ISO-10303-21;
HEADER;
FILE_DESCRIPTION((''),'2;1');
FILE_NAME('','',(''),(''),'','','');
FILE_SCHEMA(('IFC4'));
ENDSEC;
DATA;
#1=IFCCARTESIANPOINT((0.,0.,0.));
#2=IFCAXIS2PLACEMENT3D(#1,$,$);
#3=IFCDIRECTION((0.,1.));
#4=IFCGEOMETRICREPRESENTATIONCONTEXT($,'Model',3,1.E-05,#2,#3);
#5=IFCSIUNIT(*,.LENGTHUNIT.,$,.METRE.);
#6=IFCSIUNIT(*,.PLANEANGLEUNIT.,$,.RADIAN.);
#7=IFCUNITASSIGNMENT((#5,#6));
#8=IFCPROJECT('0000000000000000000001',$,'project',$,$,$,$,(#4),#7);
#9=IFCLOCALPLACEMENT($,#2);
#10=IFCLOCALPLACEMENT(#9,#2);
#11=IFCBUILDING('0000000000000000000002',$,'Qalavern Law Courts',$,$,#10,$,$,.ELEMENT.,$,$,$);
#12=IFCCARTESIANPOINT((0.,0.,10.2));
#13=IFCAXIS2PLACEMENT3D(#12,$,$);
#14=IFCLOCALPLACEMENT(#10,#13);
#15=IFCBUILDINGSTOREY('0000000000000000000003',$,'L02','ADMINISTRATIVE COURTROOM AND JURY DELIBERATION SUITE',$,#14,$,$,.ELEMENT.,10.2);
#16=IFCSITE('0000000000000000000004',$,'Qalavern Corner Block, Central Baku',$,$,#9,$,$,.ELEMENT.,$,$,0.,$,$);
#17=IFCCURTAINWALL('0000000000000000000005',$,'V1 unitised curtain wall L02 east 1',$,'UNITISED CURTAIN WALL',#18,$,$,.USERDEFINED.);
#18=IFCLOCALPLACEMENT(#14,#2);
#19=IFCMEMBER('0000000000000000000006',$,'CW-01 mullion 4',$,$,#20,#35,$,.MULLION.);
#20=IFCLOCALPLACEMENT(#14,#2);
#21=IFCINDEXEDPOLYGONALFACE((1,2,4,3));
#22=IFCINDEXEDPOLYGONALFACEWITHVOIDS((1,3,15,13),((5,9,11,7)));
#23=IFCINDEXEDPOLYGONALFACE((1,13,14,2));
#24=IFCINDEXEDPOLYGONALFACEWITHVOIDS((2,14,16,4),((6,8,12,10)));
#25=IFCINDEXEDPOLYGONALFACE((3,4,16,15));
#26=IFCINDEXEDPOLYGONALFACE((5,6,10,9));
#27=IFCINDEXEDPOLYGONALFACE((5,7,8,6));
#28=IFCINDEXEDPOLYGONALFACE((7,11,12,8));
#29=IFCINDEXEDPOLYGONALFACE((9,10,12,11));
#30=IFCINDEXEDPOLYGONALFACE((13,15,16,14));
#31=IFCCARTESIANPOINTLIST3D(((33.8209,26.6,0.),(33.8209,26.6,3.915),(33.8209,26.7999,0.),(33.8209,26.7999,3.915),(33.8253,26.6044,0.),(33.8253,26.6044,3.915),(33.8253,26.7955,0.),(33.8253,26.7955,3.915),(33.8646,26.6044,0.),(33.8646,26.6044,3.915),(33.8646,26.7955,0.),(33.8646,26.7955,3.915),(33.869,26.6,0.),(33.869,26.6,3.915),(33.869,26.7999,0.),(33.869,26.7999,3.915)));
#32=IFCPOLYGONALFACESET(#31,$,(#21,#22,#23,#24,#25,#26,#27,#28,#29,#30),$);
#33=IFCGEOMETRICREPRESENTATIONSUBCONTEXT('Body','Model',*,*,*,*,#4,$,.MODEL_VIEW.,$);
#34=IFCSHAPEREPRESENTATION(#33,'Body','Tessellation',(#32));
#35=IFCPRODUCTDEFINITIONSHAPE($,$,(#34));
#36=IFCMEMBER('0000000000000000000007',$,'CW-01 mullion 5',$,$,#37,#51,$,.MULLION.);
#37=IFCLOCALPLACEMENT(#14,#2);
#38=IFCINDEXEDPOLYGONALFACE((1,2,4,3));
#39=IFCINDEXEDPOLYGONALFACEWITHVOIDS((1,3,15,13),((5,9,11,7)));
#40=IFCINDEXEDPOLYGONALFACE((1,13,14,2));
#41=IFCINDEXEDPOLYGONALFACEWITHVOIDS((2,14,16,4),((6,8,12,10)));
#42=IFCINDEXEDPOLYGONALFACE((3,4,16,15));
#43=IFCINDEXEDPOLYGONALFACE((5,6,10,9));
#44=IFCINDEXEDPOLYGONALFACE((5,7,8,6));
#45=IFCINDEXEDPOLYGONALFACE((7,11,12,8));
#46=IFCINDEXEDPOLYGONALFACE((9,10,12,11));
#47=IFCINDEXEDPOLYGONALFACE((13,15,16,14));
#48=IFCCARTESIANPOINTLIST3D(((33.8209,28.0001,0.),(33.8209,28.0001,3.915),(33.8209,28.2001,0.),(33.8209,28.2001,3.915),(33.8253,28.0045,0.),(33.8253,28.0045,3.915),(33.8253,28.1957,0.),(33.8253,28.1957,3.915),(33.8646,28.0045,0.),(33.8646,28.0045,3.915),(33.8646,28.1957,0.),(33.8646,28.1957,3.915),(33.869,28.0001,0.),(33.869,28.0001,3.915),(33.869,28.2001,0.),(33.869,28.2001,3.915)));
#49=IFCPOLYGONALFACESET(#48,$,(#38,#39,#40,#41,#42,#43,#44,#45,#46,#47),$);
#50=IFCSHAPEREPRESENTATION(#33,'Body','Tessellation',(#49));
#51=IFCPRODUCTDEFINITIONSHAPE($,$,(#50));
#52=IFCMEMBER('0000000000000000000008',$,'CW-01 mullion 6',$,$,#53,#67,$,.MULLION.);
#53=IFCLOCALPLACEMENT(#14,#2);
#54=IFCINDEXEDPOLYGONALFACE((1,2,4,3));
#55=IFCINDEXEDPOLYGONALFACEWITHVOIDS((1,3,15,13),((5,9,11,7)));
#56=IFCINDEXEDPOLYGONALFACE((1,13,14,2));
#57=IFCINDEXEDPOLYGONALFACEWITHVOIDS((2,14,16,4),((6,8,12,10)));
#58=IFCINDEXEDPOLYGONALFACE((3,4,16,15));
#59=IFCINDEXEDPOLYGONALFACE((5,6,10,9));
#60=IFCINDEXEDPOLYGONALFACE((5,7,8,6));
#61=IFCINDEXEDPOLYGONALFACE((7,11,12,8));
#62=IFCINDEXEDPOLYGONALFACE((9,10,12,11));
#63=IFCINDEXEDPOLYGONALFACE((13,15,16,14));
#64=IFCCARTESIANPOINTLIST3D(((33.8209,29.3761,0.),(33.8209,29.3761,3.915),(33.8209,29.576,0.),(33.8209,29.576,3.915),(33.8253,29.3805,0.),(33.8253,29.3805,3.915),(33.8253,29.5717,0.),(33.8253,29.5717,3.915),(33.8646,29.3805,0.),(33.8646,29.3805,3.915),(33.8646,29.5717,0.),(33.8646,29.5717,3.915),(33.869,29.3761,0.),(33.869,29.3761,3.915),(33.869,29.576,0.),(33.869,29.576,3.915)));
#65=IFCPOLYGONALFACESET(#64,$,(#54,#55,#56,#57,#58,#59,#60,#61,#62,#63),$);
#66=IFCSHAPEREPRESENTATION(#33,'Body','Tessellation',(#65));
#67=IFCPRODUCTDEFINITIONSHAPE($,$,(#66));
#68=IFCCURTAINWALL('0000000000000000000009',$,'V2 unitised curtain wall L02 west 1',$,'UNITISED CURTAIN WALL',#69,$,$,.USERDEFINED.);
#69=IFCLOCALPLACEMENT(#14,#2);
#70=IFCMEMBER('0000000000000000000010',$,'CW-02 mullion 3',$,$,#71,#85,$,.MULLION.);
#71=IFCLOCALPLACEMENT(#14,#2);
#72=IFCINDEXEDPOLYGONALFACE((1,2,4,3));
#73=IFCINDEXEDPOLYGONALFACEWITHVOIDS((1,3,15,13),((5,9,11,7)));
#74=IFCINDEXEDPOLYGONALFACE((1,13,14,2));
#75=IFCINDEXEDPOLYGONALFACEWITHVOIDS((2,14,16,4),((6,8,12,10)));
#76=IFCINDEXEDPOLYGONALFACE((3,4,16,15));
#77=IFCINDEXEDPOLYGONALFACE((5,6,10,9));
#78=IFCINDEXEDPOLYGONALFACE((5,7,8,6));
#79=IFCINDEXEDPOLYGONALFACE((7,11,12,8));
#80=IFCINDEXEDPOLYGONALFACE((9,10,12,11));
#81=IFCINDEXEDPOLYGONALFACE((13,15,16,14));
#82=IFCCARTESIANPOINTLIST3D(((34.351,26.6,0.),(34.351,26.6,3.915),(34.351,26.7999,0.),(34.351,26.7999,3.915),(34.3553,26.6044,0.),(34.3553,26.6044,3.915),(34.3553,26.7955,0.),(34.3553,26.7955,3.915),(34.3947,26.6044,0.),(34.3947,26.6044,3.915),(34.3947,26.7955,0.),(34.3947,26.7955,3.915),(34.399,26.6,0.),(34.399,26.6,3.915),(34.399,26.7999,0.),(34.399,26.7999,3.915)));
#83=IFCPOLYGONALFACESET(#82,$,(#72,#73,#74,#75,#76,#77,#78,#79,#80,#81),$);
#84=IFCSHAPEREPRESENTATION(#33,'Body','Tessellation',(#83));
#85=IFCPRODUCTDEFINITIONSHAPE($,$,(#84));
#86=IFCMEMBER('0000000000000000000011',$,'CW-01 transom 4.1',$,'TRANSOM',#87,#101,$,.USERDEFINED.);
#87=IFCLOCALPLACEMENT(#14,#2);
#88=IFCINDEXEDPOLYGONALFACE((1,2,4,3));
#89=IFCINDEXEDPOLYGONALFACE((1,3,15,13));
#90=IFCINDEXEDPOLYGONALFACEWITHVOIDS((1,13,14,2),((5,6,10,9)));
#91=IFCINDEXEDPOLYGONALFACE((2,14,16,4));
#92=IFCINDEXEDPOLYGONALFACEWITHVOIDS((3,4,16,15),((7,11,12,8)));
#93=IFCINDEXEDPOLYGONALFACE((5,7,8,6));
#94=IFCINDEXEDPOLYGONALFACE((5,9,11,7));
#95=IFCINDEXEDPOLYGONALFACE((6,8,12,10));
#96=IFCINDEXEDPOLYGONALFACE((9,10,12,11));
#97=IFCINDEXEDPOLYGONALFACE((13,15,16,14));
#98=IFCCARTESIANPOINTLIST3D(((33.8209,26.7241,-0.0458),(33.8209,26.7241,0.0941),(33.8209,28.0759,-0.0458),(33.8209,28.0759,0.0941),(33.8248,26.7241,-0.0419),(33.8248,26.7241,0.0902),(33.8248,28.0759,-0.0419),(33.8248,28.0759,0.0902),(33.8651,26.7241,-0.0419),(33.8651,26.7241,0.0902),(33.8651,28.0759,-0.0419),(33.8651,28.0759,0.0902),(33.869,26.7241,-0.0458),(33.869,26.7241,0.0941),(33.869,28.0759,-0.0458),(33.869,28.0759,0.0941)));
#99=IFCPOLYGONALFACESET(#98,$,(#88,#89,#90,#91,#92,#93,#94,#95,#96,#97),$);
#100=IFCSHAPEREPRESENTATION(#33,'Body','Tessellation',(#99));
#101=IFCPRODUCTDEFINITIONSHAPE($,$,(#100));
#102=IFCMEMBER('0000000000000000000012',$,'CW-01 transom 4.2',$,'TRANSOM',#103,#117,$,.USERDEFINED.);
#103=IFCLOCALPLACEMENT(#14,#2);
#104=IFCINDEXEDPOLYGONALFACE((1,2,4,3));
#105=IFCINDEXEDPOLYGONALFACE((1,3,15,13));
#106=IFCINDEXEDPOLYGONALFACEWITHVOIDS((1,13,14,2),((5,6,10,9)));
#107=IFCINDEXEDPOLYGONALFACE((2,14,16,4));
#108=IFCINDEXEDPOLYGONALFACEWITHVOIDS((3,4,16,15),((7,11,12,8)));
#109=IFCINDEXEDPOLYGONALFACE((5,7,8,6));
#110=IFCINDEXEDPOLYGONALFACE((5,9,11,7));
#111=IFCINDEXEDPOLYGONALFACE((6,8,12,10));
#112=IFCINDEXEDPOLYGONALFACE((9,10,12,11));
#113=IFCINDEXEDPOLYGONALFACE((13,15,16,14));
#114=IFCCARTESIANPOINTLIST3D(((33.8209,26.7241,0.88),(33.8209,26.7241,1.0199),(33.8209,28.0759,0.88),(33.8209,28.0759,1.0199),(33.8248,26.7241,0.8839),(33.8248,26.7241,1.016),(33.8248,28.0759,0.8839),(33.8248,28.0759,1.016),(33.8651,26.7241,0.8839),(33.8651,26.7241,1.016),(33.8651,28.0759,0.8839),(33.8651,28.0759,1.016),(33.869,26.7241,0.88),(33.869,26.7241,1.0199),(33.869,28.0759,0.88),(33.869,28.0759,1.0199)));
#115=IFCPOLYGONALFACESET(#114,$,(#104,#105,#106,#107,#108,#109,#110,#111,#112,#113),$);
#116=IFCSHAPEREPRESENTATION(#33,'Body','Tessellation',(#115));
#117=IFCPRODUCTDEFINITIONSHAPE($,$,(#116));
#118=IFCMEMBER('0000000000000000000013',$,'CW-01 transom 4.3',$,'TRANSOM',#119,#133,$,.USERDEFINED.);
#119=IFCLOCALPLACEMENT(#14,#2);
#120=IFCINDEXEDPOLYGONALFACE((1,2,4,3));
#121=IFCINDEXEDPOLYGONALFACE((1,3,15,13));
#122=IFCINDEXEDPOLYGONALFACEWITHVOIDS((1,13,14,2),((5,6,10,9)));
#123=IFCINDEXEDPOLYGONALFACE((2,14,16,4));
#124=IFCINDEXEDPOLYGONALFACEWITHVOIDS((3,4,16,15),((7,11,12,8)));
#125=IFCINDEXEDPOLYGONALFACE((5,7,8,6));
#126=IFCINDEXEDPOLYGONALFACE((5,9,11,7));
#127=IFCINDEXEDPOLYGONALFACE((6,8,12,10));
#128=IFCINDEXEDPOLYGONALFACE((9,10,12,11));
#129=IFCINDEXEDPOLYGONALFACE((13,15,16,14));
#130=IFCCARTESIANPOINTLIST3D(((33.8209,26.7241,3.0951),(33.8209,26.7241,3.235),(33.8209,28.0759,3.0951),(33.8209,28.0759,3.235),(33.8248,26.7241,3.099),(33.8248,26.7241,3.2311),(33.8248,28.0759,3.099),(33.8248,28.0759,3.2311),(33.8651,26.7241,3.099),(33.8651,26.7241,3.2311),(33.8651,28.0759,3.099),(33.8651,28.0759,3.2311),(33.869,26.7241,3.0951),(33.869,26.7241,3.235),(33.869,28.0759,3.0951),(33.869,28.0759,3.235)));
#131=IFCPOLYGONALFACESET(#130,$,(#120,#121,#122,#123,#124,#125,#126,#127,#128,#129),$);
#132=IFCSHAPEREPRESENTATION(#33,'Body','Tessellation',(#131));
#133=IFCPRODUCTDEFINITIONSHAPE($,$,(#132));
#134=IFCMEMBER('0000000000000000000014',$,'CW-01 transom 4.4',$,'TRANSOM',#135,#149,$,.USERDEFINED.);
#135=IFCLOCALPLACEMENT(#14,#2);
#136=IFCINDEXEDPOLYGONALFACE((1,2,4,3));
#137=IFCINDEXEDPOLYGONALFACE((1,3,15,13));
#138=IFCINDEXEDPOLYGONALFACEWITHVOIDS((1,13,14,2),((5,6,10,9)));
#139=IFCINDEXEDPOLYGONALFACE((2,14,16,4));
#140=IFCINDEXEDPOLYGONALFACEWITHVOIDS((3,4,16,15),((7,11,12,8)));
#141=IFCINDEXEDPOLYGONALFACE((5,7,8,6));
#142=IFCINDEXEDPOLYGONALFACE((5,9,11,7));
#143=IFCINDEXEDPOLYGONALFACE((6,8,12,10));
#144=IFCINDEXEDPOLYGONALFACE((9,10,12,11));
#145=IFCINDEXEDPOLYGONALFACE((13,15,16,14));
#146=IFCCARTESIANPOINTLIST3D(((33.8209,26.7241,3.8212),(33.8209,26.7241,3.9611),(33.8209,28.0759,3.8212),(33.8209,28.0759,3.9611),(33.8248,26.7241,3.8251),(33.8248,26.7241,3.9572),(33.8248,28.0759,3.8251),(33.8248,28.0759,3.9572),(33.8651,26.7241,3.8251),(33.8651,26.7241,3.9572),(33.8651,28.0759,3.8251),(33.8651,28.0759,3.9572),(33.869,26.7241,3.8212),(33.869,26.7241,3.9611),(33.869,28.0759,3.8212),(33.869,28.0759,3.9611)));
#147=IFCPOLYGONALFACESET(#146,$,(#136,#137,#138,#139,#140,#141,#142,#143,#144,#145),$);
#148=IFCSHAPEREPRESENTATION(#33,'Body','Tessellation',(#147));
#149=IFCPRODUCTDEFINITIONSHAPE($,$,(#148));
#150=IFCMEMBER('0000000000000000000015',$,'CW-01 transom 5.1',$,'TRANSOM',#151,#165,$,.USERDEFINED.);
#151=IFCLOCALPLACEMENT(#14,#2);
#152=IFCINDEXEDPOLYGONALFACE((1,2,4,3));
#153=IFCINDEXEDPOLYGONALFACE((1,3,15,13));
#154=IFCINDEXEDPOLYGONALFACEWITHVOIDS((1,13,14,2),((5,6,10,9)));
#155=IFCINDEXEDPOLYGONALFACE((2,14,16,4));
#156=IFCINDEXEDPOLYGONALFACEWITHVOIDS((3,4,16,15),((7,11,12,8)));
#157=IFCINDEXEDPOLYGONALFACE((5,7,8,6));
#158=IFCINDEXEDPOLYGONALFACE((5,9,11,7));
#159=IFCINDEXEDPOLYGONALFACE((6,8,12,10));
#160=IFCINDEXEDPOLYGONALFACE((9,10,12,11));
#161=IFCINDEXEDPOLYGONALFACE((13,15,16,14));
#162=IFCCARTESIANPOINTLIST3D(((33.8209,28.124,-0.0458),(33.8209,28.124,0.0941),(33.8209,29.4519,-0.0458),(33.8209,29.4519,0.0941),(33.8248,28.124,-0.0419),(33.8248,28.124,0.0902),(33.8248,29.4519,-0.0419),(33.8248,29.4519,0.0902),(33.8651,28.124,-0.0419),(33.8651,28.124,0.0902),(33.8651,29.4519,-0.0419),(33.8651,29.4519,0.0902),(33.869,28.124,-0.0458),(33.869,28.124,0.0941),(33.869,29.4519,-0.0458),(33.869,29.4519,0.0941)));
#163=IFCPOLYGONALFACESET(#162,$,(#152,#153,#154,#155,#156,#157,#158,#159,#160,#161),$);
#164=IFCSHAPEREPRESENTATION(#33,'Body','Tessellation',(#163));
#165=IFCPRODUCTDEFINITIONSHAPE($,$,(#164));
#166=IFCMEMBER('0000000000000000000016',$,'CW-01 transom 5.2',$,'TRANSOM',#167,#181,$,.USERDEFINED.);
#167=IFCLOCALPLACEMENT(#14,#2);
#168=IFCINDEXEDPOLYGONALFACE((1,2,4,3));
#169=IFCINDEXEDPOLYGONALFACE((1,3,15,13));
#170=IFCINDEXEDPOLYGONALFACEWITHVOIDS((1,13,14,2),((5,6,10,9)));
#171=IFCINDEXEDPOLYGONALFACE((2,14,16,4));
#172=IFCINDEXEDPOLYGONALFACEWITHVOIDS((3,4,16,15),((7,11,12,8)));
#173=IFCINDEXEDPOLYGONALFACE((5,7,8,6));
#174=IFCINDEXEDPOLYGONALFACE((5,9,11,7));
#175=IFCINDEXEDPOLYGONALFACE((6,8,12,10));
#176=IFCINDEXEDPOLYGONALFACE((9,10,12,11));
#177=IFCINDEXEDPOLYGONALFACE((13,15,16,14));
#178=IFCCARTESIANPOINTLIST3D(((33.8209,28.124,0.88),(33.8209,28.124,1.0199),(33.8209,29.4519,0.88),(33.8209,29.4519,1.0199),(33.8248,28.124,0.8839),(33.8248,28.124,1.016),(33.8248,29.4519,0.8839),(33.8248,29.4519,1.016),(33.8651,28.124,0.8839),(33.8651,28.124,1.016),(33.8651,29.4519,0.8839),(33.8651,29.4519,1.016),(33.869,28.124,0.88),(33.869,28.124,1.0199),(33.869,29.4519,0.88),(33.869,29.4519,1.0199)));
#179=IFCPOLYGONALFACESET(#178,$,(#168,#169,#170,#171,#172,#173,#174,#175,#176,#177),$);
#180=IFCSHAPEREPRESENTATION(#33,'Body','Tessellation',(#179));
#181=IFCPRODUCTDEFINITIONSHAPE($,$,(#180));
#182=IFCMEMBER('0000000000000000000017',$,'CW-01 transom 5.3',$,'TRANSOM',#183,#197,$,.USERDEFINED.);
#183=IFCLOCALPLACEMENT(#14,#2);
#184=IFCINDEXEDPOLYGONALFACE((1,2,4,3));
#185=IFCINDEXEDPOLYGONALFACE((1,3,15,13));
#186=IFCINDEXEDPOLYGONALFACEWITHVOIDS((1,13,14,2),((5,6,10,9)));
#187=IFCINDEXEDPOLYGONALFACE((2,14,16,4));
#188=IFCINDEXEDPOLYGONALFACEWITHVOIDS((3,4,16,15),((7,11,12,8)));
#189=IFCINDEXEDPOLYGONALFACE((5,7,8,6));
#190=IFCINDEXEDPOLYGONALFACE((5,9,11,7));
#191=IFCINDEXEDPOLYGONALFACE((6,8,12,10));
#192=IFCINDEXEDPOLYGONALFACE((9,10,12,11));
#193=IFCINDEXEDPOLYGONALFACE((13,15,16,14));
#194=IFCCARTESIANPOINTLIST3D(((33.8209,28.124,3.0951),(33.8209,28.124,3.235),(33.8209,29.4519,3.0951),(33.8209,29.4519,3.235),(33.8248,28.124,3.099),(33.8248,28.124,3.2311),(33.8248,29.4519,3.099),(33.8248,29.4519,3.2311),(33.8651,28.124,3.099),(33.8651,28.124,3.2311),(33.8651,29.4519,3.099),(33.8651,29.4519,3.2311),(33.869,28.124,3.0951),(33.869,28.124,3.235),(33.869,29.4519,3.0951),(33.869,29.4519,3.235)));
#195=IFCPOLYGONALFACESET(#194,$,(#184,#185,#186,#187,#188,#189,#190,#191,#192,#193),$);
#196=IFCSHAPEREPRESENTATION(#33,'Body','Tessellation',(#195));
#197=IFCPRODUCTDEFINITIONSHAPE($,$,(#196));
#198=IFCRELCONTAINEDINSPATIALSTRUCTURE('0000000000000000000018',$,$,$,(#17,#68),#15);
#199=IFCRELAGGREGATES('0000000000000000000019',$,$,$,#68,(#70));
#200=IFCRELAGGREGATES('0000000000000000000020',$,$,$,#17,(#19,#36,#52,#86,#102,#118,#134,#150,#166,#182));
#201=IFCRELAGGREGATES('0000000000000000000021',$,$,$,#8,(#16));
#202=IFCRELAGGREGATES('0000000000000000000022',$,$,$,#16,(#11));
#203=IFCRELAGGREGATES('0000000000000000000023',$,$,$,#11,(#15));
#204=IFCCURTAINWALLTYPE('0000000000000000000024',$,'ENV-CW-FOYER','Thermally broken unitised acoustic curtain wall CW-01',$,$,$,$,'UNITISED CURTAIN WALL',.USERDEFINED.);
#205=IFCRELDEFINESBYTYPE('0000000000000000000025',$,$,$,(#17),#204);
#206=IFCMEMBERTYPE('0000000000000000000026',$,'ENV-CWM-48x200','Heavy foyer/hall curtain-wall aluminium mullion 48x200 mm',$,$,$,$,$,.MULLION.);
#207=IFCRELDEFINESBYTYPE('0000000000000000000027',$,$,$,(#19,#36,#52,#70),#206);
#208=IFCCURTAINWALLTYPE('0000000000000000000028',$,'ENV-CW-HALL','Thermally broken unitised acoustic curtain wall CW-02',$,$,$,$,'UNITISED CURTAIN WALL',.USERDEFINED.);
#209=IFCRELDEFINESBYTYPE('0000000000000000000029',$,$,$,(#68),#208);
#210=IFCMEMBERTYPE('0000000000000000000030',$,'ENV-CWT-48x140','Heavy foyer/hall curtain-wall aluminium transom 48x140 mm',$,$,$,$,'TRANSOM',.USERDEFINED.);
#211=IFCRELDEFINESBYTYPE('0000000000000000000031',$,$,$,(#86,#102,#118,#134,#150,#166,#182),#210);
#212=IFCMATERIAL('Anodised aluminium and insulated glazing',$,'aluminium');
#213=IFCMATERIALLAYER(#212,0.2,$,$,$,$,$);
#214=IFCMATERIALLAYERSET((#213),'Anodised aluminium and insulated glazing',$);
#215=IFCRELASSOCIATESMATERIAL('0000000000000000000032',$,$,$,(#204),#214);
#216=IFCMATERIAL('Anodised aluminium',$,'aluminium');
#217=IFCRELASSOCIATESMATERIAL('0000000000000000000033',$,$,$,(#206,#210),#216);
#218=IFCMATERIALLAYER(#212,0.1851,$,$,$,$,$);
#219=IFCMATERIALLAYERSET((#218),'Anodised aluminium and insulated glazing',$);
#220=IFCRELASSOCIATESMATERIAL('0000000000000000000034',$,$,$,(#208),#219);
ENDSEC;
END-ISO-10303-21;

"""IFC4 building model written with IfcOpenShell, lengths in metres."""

from ifc_helpers import new_model, si_unit, direction, frame, origin, origin_2d, place, context, subcontext, project, spatial, hollow_rectangle, extrude, material, layer, layer_set, material_profile, profile_set, type_object, element, aggregate, save


model = new_model("IFC4")

# Units and contexts
model_context = context("Model", 3, precision=1e-05, world=origin(), true_north=direction((0.0, 1.0)))
body_context = subcontext(model_context, "Body", "Model", "MODEL_VIEW")
ifc_project = project(units=[si_unit("LENGTHUNIT", "METRE"), si_unit("PLANEANGLEUNIT", "RADIAN")], contexts=[model_context])

# Site, building, storey
site_placement = place(None, origin())
site = spatial("IfcSite", under=ifc_project, at=site_placement, Name="Qalavern Corner Block, Central Baku", CompositionType="ELEMENT", RefElevation=0.0)
building_placement = place(site_placement, origin())
building = spatial("IfcBuilding", under=site, at=building_placement, Name="Qalavern Law Courts", CompositionType="ELEMENT")
storey_placement = place(building_placement, frame((0.0, 0.0, 10.2)))
storey = spatial("IfcBuildingStorey", under=building, at=storey_placement, Name="L02", Description="ADMINISTRATIVE COURTROOM AND JURY DELIBERATION SUITE", CompositionType="ELEMENT", Elevation=10.2)

# Curtain wall, members
ifc_material_1 = material(Name="Anodised aluminium and insulated glazing", Category="aluminium")
ifc_layer_1 = layer(ifc_material_1, 0.2)
ifc_layer_set_1 = layer_set([ifc_layer_1], Name="Anodised aluminium and insulated glazing")
curtain_wall_type_1 = type_object("IfcCurtainWallType", Name="ENV-CW-FOYER", Description="Thermally broken unitised acoustic curtain wall CW-01", ElementType="UNITISED CURTAIN WALL", PredefinedType="USERDEFINED", material=ifc_layer_set_1)
curtain_wall_1_placement = place(storey_placement, origin())
curtain_wall_1 = element("IfcCurtainWall", 1, at=curtain_wall_1_placement, inside=storey, type_object=curtain_wall_type_1, Name="V1 unitised curtain wall L02 east 1", ObjectType="UNITISED CURTAIN WALL", PredefinedType="USERDEFINED")
ifc_material_2 = material(Name="Anodised aluminium", Category="aluminium")
ifc_material_profile_1 = material_profile(ifc_material_2, hollow_rectangle(XDim=0.0481, YDim=0.2, WallThickness=0.0044, at=origin_2d()), Name="ALU MULLION 48x200")
ifc_profile_set_1 = profile_set([ifc_material_profile_1], Name="Anodised aluminium")
member_type_1 = type_object("IfcMemberType", Name="ENV-CWM-48x200", Description="Heavy foyer/hall curtain-wall aluminium mullion 48x200 mm", PredefinedType="MULLION", material=ifc_profile_set_1)
member_1_placement = place(storey_placement, frame((33.845, 26.7, 0.0), z_axis=(0.0, 0.0, 1.0), x_axis=(-1.0, 0.0, 0.0)))
member_1 = element("IfcMember", 2, at=member_1_placement, type_object=member_type_1, Name="CW-01 mullion 4", PredefinedType="MULLION", context=body_context, shape_type="SweptSolid", body=[
    extrude(hollow_rectangle(XDim=0.0481, YDim=0.2, WallThickness=0.0044, at=origin_2d()), origin(), (0.0, 0.0, 1.0), 3.915),
])
member_2_placement = place(storey_placement, frame((33.845, 28.1001, 0.0), z_axis=(0.0, 0.0, 1.0), x_axis=(-1.0, 0.0, 0.0)))
member_2 = element("IfcMember", 3, at=member_2_placement, type_object=member_type_1, Name="CW-01 mullion 5", PredefinedType="MULLION", context=body_context, shape_type="SweptSolid", body=[
    extrude(hollow_rectangle(XDim=0.0481, YDim=0.2, WallThickness=0.0044, at=origin_2d()), origin(), (0.0, 0.0, 1.0), 3.915),
])
member_3_placement = place(storey_placement, frame((33.845, 29.4761, 0.0), z_axis=(0.0, 0.0, 1.0), x_axis=(-1.0, 0.0, 0.0)))
member_3 = element("IfcMember", 4, at=member_3_placement, type_object=member_type_1, Name="CW-01 mullion 6", PredefinedType="MULLION", context=body_context, shape_type="SweptSolid", body=[
    extrude(hollow_rectangle(XDim=0.0481, YDim=0.2, WallThickness=0.0044, at=origin_2d()), origin(), (0.0, 0.0, 1.0), 3.915),
])

# Curtain wall, member
ifc_layer_2 = layer(ifc_material_1, 0.1851)
ifc_layer_set_2 = layer_set([ifc_layer_2], Name="Anodised aluminium and insulated glazing")
curtain_wall_type_2 = type_object("IfcCurtainWallType", Name="ENV-CW-HALL", Description="Thermally broken unitised acoustic curtain wall CW-02", ElementType="UNITISED CURTAIN WALL", PredefinedType="USERDEFINED", material=ifc_layer_set_2)
curtain_wall_2_placement = place(storey_placement, origin())
curtain_wall_2 = element("IfcCurtainWall", 5, at=curtain_wall_2_placement, inside=storey, type_object=curtain_wall_type_2, Name="V2 unitised curtain wall L02 west 1", ObjectType="UNITISED CURTAIN WALL", PredefinedType="USERDEFINED")
member_4_placement = place(storey_placement, frame((34.375, 26.7, 0.0), z_axis=(0.0, 0.0, 1.0), x_axis=(1.0, 0.0, 0.0)))
member_4 = element("IfcMember", 6, at=member_4_placement, type_object=member_type_1, Name="CW-02 mullion 3", PredefinedType="MULLION", context=body_context, shape_type="SweptSolid", body=[
    extrude(hollow_rectangle(XDim=0.0481, YDim=0.2, WallThickness=0.0044, at=origin_2d()), origin(), (0.0, 0.0, 1.0), 3.915),
])

# Members
ifc_material_profile_2 = material_profile(ifc_material_2, hollow_rectangle(XDim=0.0481, YDim=0.1399, WallThickness=0.0039, at=origin_2d()), Name="ALU TRANSOM 48x140")
ifc_profile_set_2 = profile_set([ifc_material_profile_2], Name="Anodised aluminium")
member_type_2 = type_object("IfcMemberType", Name="ENV-CWT-48x140", Description="Heavy foyer/hall curtain-wall aluminium transom 48x140 mm", ElementType="TRANSOM", PredefinedType="USERDEFINED", material=ifc_profile_set_2)
member_5_placement = place(storey_placement, frame((33.845, 26.7241, 0.0242), z_axis=(0.0, 1.0, 0.0), x_axis=(-1.0, 0.0, 0.0)))
member_5 = element("IfcMember", 7, at=member_5_placement, type_object=member_type_2, Name="CW-01 transom 4.1", ObjectType="TRANSOM", PredefinedType="USERDEFINED", context=body_context, shape_type="SweptSolid", body=[
    extrude(hollow_rectangle(XDim=0.0481, YDim=0.1399, WallThickness=0.0039, at=origin_2d()), origin(), (0.0, 0.0, 1.0), 1.3518),
])
member_6_placement = place(storey_placement, frame((33.845, 26.7241, 0.95), z_axis=(0.0, 1.0, 0.0), x_axis=(-1.0, 0.0, 0.0)))
member_6 = element("IfcMember", 8, at=member_6_placement, type_object=member_type_2, Name="CW-01 transom 4.2", ObjectType="TRANSOM", PredefinedType="USERDEFINED", context=body_context, shape_type="SweptSolid", body=[
    extrude(hollow_rectangle(XDim=0.0481, YDim=0.1399, WallThickness=0.0039, at=origin_2d()), origin(), (0.0, 0.0, 1.0), 1.3518),
])
member_7_placement = place(storey_placement, frame((33.845, 26.7241, 3.165), z_axis=(0.0, 1.0, 0.0), x_axis=(-1.0, 0.0, 0.0)))
member_7 = element("IfcMember", 9, at=member_7_placement, type_object=member_type_2, Name="CW-01 transom 4.3", ObjectType="TRANSOM", PredefinedType="USERDEFINED", context=body_context, shape_type="SweptSolid", body=[
    extrude(hollow_rectangle(XDim=0.0481, YDim=0.1399, WallThickness=0.0039, at=origin_2d()), origin(), (0.0, 0.0, 1.0), 1.3518),
])
member_8_placement = place(storey_placement, frame((33.845, 26.7241, 3.8911), z_axis=(0.0, 1.0, 0.0), x_axis=(-1.0, 0.0, 0.0)))
member_8 = element("IfcMember", 10, at=member_8_placement, type_object=member_type_2, Name="CW-01 transom 4.4", ObjectType="TRANSOM", PredefinedType="USERDEFINED", context=body_context, shape_type="SweptSolid", body=[
    extrude(hollow_rectangle(XDim=0.0481, YDim=0.1399, WallThickness=0.0039, at=origin_2d()), origin(), (0.0, 0.0, 1.0), 1.3518),
])
member_9_placement = place(storey_placement, frame((33.845, 28.124, 0.0242), z_axis=(0.0, 1.0, 0.0), x_axis=(-1.0, 0.0, 0.0)))
member_9 = element("IfcMember", 11, at=member_9_placement, type_object=member_type_2, Name="CW-01 transom 5.1", ObjectType="TRANSOM", PredefinedType="USERDEFINED", context=body_context, shape_type="SweptSolid", body=[
    extrude(hollow_rectangle(XDim=0.0481, YDim=0.1399, WallThickness=0.0039, at=origin_2d()), origin(), (0.0, 0.0, 1.0), 1.3279),
])
member_10_placement = place(storey_placement, frame((33.845, 28.124, 0.95), z_axis=(0.0, 1.0, 0.0), x_axis=(-1.0, 0.0, 0.0)))
member_10 = element("IfcMember", 12, at=member_10_placement, type_object=member_type_2, Name="CW-01 transom 5.2", ObjectType="TRANSOM", PredefinedType="USERDEFINED", context=body_context, shape_type="SweptSolid", body=[
    extrude(hollow_rectangle(XDim=0.0481, YDim=0.1399, WallThickness=0.0039, at=origin_2d()), origin(), (0.0, 0.0, 1.0), 1.3279),
])
member_11_placement = place(storey_placement, frame((33.845, 28.124, 3.165), z_axis=(0.0, 1.0, 0.0), x_axis=(-1.0, 0.0, 0.0)))
member_11 = element("IfcMember", 13, at=member_11_placement, type_object=member_type_2, Name="CW-01 transom 5.3", ObjectType="TRANSOM", PredefinedType="USERDEFINED", context=body_context, shape_type="SweptSolid", body=[
    extrude(hollow_rectangle(XDim=0.0481, YDim=0.1399, WallThickness=0.0039, at=origin_2d()), origin(), (0.0, 0.0, 1.0), 1.3279),
])

aggregate(curtain_wall_2, [member_4])
aggregate(curtain_wall_1, [member_1, member_2, member_3, member_5, member_6, member_7, member_8, member_9, member_10, member_11])

save(model, "model.ifc")
